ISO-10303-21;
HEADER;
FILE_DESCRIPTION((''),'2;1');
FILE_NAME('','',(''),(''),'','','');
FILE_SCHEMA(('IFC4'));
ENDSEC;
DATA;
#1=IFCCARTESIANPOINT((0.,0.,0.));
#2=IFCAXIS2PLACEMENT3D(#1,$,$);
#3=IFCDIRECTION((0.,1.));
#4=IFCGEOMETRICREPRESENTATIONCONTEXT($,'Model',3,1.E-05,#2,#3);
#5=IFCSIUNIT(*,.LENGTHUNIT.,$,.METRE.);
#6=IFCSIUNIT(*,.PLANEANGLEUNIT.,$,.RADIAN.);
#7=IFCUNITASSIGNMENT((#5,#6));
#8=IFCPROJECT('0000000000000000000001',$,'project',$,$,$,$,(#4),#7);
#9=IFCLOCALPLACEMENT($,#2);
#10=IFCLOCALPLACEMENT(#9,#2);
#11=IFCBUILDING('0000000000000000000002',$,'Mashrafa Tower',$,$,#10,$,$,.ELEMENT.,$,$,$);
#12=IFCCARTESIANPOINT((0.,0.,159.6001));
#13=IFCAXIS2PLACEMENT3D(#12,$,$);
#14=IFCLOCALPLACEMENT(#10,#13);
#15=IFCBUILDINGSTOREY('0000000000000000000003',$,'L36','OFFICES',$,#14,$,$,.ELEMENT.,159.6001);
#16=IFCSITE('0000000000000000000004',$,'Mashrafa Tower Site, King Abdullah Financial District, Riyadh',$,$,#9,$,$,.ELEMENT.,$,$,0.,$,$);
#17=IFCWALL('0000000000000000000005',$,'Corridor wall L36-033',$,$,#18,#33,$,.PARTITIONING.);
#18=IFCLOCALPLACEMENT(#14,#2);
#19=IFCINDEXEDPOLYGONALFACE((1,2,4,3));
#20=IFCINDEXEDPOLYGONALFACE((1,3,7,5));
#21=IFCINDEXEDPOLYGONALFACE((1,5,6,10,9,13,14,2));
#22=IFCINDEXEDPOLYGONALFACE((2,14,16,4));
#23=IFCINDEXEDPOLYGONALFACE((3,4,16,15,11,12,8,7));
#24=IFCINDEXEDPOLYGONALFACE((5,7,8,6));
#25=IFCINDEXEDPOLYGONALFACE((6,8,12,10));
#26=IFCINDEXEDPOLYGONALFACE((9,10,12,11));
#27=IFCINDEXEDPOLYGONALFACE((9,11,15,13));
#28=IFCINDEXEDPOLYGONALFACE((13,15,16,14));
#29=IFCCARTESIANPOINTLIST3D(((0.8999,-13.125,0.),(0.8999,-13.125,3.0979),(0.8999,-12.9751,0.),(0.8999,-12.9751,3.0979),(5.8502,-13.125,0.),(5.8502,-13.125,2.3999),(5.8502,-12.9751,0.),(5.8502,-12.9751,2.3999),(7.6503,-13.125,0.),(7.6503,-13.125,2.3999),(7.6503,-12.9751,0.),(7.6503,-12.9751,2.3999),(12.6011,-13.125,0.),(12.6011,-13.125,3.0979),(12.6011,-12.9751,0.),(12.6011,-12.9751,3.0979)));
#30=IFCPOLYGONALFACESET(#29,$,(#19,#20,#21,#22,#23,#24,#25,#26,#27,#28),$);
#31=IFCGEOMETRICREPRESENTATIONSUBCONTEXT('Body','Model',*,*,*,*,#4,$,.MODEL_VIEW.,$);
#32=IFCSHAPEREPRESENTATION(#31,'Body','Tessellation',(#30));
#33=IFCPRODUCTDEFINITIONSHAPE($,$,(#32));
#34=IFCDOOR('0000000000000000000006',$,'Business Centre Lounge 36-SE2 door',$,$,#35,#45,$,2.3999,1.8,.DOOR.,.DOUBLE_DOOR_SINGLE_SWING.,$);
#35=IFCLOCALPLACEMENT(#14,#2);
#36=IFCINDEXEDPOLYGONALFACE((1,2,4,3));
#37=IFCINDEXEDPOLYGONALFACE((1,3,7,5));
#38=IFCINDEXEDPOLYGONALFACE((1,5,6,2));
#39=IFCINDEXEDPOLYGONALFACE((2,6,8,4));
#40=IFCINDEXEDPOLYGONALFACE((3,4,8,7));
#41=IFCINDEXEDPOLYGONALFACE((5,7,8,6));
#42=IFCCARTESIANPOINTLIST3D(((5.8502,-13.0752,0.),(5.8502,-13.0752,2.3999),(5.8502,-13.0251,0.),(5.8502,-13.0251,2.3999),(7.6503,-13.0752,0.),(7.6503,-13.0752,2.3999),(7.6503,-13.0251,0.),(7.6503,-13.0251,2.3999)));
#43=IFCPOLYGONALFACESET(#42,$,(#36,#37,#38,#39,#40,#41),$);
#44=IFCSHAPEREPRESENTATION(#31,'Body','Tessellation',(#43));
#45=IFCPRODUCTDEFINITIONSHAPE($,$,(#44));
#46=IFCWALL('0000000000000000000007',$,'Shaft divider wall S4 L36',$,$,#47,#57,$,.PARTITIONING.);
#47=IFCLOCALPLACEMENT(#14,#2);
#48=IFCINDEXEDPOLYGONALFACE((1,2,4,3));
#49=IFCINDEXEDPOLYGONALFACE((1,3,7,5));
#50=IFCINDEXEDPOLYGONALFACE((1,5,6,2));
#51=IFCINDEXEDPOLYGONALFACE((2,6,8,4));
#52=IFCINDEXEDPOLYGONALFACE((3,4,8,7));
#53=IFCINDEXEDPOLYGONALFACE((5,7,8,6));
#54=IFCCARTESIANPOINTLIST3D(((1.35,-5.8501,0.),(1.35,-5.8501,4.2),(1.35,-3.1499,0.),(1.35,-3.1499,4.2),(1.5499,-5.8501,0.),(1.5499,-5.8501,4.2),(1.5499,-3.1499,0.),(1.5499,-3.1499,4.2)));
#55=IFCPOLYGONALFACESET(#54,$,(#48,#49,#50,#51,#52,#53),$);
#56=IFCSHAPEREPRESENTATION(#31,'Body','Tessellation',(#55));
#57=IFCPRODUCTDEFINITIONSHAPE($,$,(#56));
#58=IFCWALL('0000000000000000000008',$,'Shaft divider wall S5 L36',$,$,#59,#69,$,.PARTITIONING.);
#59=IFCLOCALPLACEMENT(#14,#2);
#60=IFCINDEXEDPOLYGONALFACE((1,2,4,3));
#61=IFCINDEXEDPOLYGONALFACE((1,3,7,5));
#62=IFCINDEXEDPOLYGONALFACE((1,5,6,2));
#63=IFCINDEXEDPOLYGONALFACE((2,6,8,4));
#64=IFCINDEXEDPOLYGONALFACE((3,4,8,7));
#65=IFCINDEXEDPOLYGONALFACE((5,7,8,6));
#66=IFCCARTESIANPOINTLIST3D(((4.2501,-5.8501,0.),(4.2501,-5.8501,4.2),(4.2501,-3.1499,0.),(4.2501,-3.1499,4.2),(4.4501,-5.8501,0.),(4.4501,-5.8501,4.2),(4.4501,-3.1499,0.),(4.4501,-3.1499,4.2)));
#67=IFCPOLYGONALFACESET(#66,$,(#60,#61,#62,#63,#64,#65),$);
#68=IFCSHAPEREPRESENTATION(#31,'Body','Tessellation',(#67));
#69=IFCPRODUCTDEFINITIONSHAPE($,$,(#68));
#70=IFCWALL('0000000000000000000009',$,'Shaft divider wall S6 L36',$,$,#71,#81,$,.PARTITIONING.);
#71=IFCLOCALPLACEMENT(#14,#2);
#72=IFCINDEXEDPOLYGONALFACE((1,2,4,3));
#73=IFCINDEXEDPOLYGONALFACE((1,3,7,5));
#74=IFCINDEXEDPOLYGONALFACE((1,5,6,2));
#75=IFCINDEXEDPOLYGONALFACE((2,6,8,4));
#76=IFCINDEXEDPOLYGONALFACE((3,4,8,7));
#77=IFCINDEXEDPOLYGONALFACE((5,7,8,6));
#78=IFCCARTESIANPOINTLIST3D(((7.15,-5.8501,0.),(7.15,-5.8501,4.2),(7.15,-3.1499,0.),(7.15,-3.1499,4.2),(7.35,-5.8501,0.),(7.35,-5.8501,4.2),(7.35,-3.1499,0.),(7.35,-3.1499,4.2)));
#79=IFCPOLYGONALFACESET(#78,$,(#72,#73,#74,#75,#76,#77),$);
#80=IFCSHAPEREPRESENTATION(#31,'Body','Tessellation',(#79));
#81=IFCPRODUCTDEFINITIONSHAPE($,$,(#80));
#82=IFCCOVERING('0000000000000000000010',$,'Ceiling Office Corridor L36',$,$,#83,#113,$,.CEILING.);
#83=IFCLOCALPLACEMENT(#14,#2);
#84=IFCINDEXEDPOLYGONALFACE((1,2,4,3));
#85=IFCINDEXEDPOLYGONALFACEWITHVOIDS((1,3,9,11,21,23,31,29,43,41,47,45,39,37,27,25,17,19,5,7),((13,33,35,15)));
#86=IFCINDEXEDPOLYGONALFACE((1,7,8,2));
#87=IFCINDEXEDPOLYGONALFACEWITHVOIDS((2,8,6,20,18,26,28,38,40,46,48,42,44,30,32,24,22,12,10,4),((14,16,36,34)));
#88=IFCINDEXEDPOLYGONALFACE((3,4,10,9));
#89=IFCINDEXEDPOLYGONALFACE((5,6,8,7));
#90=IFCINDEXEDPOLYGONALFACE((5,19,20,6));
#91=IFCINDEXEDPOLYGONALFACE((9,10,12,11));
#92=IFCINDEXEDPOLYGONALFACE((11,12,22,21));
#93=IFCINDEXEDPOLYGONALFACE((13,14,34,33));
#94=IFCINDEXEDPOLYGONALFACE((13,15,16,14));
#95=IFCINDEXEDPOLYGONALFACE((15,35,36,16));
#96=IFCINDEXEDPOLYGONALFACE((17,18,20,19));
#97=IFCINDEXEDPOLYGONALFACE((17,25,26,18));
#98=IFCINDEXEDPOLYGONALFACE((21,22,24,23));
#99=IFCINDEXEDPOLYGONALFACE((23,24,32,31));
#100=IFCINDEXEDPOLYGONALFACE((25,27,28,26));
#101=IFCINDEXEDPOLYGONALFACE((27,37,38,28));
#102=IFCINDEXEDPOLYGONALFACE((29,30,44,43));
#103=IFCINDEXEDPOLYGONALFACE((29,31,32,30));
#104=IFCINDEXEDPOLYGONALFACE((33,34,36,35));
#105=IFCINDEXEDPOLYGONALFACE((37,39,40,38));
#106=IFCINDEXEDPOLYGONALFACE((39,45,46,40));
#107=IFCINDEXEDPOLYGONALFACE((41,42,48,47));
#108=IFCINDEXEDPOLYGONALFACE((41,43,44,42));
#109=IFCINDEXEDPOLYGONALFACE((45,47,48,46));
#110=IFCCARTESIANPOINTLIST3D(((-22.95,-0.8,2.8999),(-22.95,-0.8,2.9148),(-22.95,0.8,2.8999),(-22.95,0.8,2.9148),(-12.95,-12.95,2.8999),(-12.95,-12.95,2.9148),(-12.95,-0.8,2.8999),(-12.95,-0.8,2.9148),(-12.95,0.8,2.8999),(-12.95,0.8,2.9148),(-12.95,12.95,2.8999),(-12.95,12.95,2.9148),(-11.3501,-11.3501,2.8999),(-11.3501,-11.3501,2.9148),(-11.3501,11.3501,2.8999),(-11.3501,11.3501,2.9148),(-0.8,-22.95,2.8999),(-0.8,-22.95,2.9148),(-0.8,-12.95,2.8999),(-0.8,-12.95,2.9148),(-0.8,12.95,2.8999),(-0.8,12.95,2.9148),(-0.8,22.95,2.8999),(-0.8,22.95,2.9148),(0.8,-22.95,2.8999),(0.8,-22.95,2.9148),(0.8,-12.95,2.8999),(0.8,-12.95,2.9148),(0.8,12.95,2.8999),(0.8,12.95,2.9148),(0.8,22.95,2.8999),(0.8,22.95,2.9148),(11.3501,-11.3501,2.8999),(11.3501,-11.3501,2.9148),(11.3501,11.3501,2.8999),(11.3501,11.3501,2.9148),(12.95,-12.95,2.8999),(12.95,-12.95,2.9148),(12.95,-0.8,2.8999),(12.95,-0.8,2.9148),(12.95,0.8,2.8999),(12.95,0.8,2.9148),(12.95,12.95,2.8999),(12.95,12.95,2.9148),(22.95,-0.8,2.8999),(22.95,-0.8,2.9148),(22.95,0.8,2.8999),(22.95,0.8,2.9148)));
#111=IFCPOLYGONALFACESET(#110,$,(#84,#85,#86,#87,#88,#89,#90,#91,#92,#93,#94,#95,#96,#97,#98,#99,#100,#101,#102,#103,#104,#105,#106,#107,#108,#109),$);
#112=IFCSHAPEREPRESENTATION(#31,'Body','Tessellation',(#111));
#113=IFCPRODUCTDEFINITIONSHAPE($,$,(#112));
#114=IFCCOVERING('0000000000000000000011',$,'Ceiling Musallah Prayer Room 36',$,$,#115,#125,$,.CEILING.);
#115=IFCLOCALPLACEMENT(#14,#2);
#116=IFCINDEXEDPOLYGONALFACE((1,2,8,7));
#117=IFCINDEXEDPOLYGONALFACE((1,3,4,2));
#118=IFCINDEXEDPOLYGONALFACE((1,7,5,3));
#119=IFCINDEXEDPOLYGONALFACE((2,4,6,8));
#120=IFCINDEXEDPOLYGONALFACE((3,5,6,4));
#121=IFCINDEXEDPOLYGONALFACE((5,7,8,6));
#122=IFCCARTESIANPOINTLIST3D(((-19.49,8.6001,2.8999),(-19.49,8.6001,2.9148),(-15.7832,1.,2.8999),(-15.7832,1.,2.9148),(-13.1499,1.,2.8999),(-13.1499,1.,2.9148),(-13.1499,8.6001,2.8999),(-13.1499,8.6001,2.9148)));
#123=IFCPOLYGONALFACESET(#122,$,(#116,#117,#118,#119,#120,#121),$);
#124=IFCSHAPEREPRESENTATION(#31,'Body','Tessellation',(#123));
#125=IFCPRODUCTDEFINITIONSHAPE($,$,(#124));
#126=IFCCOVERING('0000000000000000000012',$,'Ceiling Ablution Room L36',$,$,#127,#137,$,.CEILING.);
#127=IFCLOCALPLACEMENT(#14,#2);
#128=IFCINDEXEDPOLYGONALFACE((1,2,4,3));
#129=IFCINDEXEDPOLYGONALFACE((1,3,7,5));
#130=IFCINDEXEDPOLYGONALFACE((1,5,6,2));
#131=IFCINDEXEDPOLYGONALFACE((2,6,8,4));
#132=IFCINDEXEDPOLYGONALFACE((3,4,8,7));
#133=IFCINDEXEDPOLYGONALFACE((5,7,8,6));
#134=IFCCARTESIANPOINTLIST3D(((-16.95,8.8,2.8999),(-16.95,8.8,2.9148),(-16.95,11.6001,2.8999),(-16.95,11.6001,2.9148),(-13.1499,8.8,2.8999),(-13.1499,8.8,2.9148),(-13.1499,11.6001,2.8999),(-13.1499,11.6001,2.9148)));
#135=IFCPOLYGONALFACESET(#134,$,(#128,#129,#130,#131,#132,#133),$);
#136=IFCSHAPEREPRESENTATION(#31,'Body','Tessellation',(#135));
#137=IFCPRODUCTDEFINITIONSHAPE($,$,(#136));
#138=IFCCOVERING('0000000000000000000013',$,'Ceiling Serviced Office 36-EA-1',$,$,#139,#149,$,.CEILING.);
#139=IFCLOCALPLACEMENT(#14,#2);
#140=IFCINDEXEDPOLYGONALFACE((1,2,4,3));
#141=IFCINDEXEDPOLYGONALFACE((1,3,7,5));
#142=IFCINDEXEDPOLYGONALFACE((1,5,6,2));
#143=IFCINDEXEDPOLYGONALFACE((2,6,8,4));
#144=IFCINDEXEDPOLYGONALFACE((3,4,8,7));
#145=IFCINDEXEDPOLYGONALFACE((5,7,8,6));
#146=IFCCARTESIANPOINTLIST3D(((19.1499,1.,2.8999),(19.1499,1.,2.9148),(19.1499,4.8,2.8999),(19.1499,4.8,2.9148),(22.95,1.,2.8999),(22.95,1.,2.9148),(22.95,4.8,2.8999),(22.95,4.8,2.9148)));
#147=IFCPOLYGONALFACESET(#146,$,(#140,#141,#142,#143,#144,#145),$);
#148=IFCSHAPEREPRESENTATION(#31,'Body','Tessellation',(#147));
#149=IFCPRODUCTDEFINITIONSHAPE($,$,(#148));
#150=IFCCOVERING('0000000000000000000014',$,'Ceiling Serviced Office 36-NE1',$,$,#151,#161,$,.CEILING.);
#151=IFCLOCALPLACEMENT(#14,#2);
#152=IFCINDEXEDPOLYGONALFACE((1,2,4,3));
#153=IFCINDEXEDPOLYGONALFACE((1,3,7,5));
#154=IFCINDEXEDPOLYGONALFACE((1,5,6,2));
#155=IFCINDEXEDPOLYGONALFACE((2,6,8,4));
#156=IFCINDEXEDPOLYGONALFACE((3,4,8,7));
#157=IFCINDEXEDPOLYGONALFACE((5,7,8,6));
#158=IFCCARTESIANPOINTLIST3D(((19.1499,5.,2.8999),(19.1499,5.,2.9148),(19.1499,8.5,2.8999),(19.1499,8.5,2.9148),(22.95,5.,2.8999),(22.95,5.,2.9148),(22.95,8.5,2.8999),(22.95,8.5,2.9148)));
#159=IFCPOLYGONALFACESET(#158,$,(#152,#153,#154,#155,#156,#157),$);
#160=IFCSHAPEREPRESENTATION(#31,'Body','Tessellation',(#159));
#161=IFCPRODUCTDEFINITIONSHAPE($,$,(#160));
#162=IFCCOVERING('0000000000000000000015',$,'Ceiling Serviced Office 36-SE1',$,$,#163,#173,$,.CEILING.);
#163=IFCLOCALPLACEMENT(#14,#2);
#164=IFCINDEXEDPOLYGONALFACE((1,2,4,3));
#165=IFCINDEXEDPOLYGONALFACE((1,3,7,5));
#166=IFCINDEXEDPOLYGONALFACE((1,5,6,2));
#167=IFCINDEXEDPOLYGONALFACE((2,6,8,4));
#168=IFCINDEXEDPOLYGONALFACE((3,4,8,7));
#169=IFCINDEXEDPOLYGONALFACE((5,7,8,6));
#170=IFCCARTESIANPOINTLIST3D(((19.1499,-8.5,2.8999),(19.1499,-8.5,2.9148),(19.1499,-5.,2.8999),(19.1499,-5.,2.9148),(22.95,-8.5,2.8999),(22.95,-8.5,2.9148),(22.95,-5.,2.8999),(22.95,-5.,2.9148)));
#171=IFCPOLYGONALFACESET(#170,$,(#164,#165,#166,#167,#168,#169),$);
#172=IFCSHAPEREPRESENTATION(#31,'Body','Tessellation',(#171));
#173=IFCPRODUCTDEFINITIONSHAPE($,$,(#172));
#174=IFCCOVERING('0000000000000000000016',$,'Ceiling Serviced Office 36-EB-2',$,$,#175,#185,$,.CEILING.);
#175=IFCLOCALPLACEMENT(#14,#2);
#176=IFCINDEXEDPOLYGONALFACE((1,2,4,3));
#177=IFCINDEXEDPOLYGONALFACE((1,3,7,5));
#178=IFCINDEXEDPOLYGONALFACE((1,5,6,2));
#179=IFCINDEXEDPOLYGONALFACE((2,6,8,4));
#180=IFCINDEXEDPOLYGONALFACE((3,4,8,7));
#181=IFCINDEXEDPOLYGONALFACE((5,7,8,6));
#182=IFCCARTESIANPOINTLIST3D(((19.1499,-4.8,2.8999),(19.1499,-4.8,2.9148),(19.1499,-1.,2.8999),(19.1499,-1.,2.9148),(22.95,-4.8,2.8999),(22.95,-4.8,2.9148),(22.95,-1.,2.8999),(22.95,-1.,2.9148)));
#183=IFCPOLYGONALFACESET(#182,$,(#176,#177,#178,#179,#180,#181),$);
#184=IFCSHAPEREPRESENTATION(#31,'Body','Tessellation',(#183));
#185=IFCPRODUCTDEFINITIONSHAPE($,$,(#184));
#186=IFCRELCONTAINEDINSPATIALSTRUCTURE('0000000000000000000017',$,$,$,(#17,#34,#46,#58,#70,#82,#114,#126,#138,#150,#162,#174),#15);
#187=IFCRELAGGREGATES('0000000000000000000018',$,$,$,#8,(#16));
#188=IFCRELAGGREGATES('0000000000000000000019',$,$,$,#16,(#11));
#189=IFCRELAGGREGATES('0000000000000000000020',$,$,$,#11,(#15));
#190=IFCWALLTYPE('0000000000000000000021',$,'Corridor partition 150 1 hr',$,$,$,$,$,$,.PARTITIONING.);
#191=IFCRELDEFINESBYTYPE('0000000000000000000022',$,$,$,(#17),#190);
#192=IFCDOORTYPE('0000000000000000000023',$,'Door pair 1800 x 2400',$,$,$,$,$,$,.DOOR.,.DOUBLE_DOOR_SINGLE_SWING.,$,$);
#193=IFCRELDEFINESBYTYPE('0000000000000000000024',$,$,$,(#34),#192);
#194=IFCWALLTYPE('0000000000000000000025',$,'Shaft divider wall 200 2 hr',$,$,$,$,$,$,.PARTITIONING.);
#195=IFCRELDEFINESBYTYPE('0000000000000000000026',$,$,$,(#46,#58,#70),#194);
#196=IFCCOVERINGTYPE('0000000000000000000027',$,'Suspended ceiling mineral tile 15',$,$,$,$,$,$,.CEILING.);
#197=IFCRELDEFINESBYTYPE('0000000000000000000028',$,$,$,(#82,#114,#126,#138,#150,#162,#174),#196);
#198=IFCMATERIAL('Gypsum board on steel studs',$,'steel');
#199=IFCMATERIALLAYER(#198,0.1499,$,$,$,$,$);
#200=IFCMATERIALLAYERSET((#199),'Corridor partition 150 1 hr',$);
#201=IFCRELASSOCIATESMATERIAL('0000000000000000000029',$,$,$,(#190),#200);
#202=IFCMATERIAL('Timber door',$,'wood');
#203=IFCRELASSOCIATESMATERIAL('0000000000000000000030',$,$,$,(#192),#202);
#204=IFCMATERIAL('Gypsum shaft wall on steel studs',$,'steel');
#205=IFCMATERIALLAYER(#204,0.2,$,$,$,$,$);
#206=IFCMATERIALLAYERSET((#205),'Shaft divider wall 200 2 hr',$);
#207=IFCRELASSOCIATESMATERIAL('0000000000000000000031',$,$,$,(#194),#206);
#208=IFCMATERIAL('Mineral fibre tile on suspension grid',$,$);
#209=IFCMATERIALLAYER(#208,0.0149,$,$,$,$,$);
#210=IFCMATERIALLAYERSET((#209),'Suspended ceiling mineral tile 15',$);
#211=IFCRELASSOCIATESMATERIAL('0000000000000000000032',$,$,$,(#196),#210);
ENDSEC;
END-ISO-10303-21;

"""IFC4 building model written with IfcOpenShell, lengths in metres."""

from ifc_helpers import new_model, si_unit, direction, frame, frame_2d, origin, place, context, subcontext, project, spatial, polyline, rectangle, outline, extrude, material, layer, layer_set, type_object, element, fill, save


model = new_model("IFC4")

# Units and contexts
model_context = context("Model", 3, precision=1e-05, world=origin(), true_north=direction((0.0, 1.0)))
body_context = subcontext(model_context, "Body", "Model", "MODEL_VIEW")
ifc_project = project(units=[si_unit("LENGTHUNIT", "METRE"), si_unit("PLANEANGLEUNIT", "RADIAN")], contexts=[model_context])

# Site, building, storey
site_placement = place(None, origin())
site = spatial("IfcSite", under=ifc_project, at=site_placement, Name="Mashrafa Tower Site, King Abdullah Financial District, Riyadh", CompositionType="ELEMENT", RefElevation=0.0)
building_placement = place(site_placement, origin())
building = spatial("IfcBuilding", under=site, at=building_placement, Name="Mashrafa Tower", CompositionType="ELEMENT")
storey_placement = place(building_placement, frame((0.0, 0.0, 159.6001)))
storey = spatial("IfcBuildingStorey", under=building, at=storey_placement, Name="L36", Description="OFFICES", CompositionType="ELEMENT", Elevation=159.6001)

# Wall, opening, door
ifc_material_1 = material(Name="Gypsum board on steel studs", Category="steel")
ifc_layer_1 = layer(ifc_material_1, 0.1499)
ifc_layer_set_1 = layer_set([ifc_layer_1], Name="Corridor partition 150 1 hr")
wall_type_1 = type_object("IfcWallType", Name="Corridor partition 150 1 hr", PredefinedType="PARTITIONING", material=ifc_layer_set_1)
wall_1_placement = place(storey_placement, frame((0.8999, -13.05, 0.0), z_axis=(0.0, 0.0, 1.0), x_axis=(1.0, 0.0, 0.0)))
wall_1 = element("IfcWall", 1, at=wall_1_placement, inside=storey, type_object=wall_type_1, Name="Corridor wall L36-033", PredefinedType="PARTITIONING", context=body_context, shape_type="SweptSolid", body=[
    extrude(rectangle(XDim=11.7012, YDim=0.1499, at=frame_2d((5.8506, 0.0))), origin(), (0.0, 0.0, 1.0), 3.0979),
])
opening_1_placement = place(wall_1_placement, frame((4.9504, 0.0, 0.0)))
opening_1 = element("IfcOpeningElement", 2, at=opening_1_placement, cuts=wall_1, PredefinedType="OPENING", context=body_context, shape_type="SweptSolid", body=[
    extrude(rectangle(XDim=1.8, YDim=2.3999, at=frame_2d((0.8999, 1.2))), frame((0.0, 0.085, 0.0), z_axis=(0.0, -1.0, 0.0), x_axis=(1.0, 0.0, 0.0)), (0.0, 0.0, 1.0), 0.1699),
])
ifc_material_2 = material(Name="Timber door", Category="wood")
door_type_1 = type_object("IfcDoorType", Name="Door pair 1800 x 2400", OperationType="DOUBLE_DOOR_SINGLE_SWING", PredefinedType="DOOR", material=ifc_material_2)
door_1_placement = place(opening_1_placement, origin())
door_1 = element("IfcDoor", 3, at=door_1_placement, inside=storey, type_object=door_type_1, Name="Business Centre Lounge 36-SE2 door", OperationType="DOUBLE_DOOR_SINGLE_SWING", OverallHeight=2.3999, OverallWidth=1.8, PredefinedType="DOOR", context=body_context, shape_type="SweptSolid", body=[
    extrude(rectangle(XDim=1.8, YDim=2.3999, at=frame_2d((0.8999, 1.2))), frame((0.0, 0.0249, 0.0), z_axis=(0.0, -1.0, 0.0), x_axis=(1.0, 0.0, 0.0)), (0.0, 0.0, 1.0), 0.05),
])
fill(opening_1, door_1)

# Walls
ifc_material_3 = material(Name="Gypsum shaft wall on steel studs", Category="steel")
ifc_layer_2 = layer(ifc_material_3, 0.2)
ifc_layer_set_2 = layer_set([ifc_layer_2], Name="Shaft divider wall 200 2 hr")
wall_type_2 = type_object("IfcWallType", Name="Shaft divider wall 200 2 hr", PredefinedType="PARTITIONING", material=ifc_layer_set_2)
for number, where, z_axis, x_axis, name in (
    (4, (1.45, -5.8501, 0.0), (0.0, 0.0, 1.0), (0.0, 1.0, 0.0), "Shaft divider wall S4 L36"),
    (5, (4.3501, -5.8501, 0.0), (0.0, 0.0, 1.0), (0.0, 1.0, 0.0), "Shaft divider wall S5 L36"),
    (6, (7.25, -5.8501, 0.0), (0.0, 0.0, 1.0), (0.0, 1.0, 0.0), "Shaft divider wall S6 L36"),
):
    element("IfcWall", number, at=place(storey_placement, frame(where, z_axis=z_axis, x_axis=x_axis)), inside=storey, type_object=wall_type_2, Name=name, PredefinedType="PARTITIONING", context=body_context, shape_type="SweptSolid", body=[
        extrude(rectangle(XDim=2.7002, YDim=0.2, at=frame_2d((1.3501, 0.0))), origin(), (0.0, 0.0, 1.0), 4.2),
    ])

# Coverings
ifc_material_4 = material(Name="Mineral fibre tile on suspension grid")
ifc_layer_3 = layer(ifc_material_4, 0.0149)
ifc_layer_set_3 = layer_set([ifc_layer_3], Name="Suspended ceiling mineral tile 15")
covering_type = type_object("IfcCoveringType", Name="Suspended ceiling mineral tile 15", PredefinedType="CEILING", material=ifc_layer_set_3)
covering_1_placement = place(storey_placement, frame((0.0, 0.0, 2.8999)))
element("IfcCovering", 7, at=covering_1_placement, inside=storey, type_object=covering_type, Name="Ceiling Office Corridor L36", PredefinedType="CEILING", context=body_context, shape_type="SweptSolid", body=[
    extrude(outline(polyline([(-12.95, -12.95), (-12.95, -0.8), (-22.95, -0.8), (-22.95, 0.8), (-12.95, 0.8), (-12.95, 12.95), (-0.8, 12.95), (-0.8, 22.95), (0.8, 22.95), (0.8, 12.95), (12.95, 12.95), (12.95, 0.8), (22.95, 0.8), (22.95, -0.8), (12.95, -0.8), (12.95, -12.95), (0.8, -12.95), (0.8, -22.95), (-0.8, -22.95), (-0.8, -12.95), (-12.95, -12.95)]), holes=[polyline([(11.3501, 11.3501), (-11.3501, 11.3501), (-11.3501, -11.3501), (11.3501, -11.3501), (11.3501, 11.3501)])]), origin(), (0.0, 0.0, 1.0), 0.0149),
])
covering_2_placement = place(storey_placement, frame((0.0, 0.0, 2.8999)))
element("IfcCovering", 8, at=covering_2_placement, inside=storey, type_object=covering_type, Name="Ceiling Musallah Prayer Room 36", PredefinedType="CEILING", context=body_context, shape_type="SweptSolid", body=[
    extrude(outline(polyline([(-15.7832, 1.0), (-19.49, 8.6001), (-13.1499, 8.6001), (-13.1499, 1.0), (-15.7832, 1.0)])), origin(), (0.0, 0.0, 1.0), 0.0149),
])
covering_3_placement = place(storey_placement, frame((0.0, 0.0, 2.8999)))
element("IfcCovering", 9, at=covering_3_placement, inside=storey, type_object=covering_type, Name="Ceiling Ablution Room L36", PredefinedType="CEILING", context=body_context, shape_type="SweptSolid", body=[
    extrude(outline(polyline([(-16.95, 8.8), (-16.95, 11.6001), (-13.1499, 11.6001), (-13.1499, 8.8), (-16.95, 8.8)])), origin(), (0.0, 0.0, 1.0), 0.0149),
])
covering_4_placement = place(storey_placement, frame((0.0, 0.0, 2.8999)))
element("IfcCovering", 10, at=covering_4_placement, inside=storey, type_object=covering_type, Name="Ceiling Serviced Office 36-EA-1", PredefinedType="CEILING", context=body_context, shape_type="SweptSolid", body=[
    extrude(outline(polyline([(19.1499, 4.8), (22.95, 4.8), (22.95, 1.0), (19.1499, 1.0), (19.1499, 4.8)])), origin(), (0.0, 0.0, 1.0), 0.0149),
])
covering_5_placement = place(storey_placement, frame((0.0, 0.0, 2.8999)))
element("IfcCovering", 11, at=covering_5_placement, inside=storey, type_object=covering_type, Name="Ceiling Serviced Office 36-NE1", PredefinedType="CEILING", context=body_context, shape_type="SweptSolid", body=[
    extrude(outline(polyline([(19.1499, 8.5), (22.95, 8.5), (22.95, 5.0), (19.1499, 5.0), (19.1499, 8.5)])), origin(), (0.0, 0.0, 1.0), 0.0149),
])
covering_6_placement = place(storey_placement, frame((0.0, 0.0, 2.8999)))
element("IfcCovering", 12, at=covering_6_placement, inside=storey, type_object=covering_type, Name="Ceiling Serviced Office 36-SE1", PredefinedType="CEILING", context=body_context, shape_type="SweptSolid", body=[
    extrude(outline(polyline([(19.1499, -5.0), (22.95, -5.0), (22.95, -8.5), (19.1499, -8.5), (19.1499, -5.0)])), origin(), (0.0, 0.0, 1.0), 0.0149),
])
covering_7_placement = place(storey_placement, frame((0.0, 0.0, 2.8999)))
element("IfcCovering", 13, at=covering_7_placement, inside=storey, type_object=covering_type, Name="Ceiling Serviced Office 36-EB-2", PredefinedType="CEILING", context=body_context, shape_type="SweptSolid", body=[
    extrude(outline(polyline([(19.1499, -1.0), (22.95, -1.0), (22.95, -4.8), (19.1499, -4.8), (19.1499, -1.0)])), origin(), (0.0, 0.0, 1.0), 0.0149),
])

save(model, "model.ifc")
